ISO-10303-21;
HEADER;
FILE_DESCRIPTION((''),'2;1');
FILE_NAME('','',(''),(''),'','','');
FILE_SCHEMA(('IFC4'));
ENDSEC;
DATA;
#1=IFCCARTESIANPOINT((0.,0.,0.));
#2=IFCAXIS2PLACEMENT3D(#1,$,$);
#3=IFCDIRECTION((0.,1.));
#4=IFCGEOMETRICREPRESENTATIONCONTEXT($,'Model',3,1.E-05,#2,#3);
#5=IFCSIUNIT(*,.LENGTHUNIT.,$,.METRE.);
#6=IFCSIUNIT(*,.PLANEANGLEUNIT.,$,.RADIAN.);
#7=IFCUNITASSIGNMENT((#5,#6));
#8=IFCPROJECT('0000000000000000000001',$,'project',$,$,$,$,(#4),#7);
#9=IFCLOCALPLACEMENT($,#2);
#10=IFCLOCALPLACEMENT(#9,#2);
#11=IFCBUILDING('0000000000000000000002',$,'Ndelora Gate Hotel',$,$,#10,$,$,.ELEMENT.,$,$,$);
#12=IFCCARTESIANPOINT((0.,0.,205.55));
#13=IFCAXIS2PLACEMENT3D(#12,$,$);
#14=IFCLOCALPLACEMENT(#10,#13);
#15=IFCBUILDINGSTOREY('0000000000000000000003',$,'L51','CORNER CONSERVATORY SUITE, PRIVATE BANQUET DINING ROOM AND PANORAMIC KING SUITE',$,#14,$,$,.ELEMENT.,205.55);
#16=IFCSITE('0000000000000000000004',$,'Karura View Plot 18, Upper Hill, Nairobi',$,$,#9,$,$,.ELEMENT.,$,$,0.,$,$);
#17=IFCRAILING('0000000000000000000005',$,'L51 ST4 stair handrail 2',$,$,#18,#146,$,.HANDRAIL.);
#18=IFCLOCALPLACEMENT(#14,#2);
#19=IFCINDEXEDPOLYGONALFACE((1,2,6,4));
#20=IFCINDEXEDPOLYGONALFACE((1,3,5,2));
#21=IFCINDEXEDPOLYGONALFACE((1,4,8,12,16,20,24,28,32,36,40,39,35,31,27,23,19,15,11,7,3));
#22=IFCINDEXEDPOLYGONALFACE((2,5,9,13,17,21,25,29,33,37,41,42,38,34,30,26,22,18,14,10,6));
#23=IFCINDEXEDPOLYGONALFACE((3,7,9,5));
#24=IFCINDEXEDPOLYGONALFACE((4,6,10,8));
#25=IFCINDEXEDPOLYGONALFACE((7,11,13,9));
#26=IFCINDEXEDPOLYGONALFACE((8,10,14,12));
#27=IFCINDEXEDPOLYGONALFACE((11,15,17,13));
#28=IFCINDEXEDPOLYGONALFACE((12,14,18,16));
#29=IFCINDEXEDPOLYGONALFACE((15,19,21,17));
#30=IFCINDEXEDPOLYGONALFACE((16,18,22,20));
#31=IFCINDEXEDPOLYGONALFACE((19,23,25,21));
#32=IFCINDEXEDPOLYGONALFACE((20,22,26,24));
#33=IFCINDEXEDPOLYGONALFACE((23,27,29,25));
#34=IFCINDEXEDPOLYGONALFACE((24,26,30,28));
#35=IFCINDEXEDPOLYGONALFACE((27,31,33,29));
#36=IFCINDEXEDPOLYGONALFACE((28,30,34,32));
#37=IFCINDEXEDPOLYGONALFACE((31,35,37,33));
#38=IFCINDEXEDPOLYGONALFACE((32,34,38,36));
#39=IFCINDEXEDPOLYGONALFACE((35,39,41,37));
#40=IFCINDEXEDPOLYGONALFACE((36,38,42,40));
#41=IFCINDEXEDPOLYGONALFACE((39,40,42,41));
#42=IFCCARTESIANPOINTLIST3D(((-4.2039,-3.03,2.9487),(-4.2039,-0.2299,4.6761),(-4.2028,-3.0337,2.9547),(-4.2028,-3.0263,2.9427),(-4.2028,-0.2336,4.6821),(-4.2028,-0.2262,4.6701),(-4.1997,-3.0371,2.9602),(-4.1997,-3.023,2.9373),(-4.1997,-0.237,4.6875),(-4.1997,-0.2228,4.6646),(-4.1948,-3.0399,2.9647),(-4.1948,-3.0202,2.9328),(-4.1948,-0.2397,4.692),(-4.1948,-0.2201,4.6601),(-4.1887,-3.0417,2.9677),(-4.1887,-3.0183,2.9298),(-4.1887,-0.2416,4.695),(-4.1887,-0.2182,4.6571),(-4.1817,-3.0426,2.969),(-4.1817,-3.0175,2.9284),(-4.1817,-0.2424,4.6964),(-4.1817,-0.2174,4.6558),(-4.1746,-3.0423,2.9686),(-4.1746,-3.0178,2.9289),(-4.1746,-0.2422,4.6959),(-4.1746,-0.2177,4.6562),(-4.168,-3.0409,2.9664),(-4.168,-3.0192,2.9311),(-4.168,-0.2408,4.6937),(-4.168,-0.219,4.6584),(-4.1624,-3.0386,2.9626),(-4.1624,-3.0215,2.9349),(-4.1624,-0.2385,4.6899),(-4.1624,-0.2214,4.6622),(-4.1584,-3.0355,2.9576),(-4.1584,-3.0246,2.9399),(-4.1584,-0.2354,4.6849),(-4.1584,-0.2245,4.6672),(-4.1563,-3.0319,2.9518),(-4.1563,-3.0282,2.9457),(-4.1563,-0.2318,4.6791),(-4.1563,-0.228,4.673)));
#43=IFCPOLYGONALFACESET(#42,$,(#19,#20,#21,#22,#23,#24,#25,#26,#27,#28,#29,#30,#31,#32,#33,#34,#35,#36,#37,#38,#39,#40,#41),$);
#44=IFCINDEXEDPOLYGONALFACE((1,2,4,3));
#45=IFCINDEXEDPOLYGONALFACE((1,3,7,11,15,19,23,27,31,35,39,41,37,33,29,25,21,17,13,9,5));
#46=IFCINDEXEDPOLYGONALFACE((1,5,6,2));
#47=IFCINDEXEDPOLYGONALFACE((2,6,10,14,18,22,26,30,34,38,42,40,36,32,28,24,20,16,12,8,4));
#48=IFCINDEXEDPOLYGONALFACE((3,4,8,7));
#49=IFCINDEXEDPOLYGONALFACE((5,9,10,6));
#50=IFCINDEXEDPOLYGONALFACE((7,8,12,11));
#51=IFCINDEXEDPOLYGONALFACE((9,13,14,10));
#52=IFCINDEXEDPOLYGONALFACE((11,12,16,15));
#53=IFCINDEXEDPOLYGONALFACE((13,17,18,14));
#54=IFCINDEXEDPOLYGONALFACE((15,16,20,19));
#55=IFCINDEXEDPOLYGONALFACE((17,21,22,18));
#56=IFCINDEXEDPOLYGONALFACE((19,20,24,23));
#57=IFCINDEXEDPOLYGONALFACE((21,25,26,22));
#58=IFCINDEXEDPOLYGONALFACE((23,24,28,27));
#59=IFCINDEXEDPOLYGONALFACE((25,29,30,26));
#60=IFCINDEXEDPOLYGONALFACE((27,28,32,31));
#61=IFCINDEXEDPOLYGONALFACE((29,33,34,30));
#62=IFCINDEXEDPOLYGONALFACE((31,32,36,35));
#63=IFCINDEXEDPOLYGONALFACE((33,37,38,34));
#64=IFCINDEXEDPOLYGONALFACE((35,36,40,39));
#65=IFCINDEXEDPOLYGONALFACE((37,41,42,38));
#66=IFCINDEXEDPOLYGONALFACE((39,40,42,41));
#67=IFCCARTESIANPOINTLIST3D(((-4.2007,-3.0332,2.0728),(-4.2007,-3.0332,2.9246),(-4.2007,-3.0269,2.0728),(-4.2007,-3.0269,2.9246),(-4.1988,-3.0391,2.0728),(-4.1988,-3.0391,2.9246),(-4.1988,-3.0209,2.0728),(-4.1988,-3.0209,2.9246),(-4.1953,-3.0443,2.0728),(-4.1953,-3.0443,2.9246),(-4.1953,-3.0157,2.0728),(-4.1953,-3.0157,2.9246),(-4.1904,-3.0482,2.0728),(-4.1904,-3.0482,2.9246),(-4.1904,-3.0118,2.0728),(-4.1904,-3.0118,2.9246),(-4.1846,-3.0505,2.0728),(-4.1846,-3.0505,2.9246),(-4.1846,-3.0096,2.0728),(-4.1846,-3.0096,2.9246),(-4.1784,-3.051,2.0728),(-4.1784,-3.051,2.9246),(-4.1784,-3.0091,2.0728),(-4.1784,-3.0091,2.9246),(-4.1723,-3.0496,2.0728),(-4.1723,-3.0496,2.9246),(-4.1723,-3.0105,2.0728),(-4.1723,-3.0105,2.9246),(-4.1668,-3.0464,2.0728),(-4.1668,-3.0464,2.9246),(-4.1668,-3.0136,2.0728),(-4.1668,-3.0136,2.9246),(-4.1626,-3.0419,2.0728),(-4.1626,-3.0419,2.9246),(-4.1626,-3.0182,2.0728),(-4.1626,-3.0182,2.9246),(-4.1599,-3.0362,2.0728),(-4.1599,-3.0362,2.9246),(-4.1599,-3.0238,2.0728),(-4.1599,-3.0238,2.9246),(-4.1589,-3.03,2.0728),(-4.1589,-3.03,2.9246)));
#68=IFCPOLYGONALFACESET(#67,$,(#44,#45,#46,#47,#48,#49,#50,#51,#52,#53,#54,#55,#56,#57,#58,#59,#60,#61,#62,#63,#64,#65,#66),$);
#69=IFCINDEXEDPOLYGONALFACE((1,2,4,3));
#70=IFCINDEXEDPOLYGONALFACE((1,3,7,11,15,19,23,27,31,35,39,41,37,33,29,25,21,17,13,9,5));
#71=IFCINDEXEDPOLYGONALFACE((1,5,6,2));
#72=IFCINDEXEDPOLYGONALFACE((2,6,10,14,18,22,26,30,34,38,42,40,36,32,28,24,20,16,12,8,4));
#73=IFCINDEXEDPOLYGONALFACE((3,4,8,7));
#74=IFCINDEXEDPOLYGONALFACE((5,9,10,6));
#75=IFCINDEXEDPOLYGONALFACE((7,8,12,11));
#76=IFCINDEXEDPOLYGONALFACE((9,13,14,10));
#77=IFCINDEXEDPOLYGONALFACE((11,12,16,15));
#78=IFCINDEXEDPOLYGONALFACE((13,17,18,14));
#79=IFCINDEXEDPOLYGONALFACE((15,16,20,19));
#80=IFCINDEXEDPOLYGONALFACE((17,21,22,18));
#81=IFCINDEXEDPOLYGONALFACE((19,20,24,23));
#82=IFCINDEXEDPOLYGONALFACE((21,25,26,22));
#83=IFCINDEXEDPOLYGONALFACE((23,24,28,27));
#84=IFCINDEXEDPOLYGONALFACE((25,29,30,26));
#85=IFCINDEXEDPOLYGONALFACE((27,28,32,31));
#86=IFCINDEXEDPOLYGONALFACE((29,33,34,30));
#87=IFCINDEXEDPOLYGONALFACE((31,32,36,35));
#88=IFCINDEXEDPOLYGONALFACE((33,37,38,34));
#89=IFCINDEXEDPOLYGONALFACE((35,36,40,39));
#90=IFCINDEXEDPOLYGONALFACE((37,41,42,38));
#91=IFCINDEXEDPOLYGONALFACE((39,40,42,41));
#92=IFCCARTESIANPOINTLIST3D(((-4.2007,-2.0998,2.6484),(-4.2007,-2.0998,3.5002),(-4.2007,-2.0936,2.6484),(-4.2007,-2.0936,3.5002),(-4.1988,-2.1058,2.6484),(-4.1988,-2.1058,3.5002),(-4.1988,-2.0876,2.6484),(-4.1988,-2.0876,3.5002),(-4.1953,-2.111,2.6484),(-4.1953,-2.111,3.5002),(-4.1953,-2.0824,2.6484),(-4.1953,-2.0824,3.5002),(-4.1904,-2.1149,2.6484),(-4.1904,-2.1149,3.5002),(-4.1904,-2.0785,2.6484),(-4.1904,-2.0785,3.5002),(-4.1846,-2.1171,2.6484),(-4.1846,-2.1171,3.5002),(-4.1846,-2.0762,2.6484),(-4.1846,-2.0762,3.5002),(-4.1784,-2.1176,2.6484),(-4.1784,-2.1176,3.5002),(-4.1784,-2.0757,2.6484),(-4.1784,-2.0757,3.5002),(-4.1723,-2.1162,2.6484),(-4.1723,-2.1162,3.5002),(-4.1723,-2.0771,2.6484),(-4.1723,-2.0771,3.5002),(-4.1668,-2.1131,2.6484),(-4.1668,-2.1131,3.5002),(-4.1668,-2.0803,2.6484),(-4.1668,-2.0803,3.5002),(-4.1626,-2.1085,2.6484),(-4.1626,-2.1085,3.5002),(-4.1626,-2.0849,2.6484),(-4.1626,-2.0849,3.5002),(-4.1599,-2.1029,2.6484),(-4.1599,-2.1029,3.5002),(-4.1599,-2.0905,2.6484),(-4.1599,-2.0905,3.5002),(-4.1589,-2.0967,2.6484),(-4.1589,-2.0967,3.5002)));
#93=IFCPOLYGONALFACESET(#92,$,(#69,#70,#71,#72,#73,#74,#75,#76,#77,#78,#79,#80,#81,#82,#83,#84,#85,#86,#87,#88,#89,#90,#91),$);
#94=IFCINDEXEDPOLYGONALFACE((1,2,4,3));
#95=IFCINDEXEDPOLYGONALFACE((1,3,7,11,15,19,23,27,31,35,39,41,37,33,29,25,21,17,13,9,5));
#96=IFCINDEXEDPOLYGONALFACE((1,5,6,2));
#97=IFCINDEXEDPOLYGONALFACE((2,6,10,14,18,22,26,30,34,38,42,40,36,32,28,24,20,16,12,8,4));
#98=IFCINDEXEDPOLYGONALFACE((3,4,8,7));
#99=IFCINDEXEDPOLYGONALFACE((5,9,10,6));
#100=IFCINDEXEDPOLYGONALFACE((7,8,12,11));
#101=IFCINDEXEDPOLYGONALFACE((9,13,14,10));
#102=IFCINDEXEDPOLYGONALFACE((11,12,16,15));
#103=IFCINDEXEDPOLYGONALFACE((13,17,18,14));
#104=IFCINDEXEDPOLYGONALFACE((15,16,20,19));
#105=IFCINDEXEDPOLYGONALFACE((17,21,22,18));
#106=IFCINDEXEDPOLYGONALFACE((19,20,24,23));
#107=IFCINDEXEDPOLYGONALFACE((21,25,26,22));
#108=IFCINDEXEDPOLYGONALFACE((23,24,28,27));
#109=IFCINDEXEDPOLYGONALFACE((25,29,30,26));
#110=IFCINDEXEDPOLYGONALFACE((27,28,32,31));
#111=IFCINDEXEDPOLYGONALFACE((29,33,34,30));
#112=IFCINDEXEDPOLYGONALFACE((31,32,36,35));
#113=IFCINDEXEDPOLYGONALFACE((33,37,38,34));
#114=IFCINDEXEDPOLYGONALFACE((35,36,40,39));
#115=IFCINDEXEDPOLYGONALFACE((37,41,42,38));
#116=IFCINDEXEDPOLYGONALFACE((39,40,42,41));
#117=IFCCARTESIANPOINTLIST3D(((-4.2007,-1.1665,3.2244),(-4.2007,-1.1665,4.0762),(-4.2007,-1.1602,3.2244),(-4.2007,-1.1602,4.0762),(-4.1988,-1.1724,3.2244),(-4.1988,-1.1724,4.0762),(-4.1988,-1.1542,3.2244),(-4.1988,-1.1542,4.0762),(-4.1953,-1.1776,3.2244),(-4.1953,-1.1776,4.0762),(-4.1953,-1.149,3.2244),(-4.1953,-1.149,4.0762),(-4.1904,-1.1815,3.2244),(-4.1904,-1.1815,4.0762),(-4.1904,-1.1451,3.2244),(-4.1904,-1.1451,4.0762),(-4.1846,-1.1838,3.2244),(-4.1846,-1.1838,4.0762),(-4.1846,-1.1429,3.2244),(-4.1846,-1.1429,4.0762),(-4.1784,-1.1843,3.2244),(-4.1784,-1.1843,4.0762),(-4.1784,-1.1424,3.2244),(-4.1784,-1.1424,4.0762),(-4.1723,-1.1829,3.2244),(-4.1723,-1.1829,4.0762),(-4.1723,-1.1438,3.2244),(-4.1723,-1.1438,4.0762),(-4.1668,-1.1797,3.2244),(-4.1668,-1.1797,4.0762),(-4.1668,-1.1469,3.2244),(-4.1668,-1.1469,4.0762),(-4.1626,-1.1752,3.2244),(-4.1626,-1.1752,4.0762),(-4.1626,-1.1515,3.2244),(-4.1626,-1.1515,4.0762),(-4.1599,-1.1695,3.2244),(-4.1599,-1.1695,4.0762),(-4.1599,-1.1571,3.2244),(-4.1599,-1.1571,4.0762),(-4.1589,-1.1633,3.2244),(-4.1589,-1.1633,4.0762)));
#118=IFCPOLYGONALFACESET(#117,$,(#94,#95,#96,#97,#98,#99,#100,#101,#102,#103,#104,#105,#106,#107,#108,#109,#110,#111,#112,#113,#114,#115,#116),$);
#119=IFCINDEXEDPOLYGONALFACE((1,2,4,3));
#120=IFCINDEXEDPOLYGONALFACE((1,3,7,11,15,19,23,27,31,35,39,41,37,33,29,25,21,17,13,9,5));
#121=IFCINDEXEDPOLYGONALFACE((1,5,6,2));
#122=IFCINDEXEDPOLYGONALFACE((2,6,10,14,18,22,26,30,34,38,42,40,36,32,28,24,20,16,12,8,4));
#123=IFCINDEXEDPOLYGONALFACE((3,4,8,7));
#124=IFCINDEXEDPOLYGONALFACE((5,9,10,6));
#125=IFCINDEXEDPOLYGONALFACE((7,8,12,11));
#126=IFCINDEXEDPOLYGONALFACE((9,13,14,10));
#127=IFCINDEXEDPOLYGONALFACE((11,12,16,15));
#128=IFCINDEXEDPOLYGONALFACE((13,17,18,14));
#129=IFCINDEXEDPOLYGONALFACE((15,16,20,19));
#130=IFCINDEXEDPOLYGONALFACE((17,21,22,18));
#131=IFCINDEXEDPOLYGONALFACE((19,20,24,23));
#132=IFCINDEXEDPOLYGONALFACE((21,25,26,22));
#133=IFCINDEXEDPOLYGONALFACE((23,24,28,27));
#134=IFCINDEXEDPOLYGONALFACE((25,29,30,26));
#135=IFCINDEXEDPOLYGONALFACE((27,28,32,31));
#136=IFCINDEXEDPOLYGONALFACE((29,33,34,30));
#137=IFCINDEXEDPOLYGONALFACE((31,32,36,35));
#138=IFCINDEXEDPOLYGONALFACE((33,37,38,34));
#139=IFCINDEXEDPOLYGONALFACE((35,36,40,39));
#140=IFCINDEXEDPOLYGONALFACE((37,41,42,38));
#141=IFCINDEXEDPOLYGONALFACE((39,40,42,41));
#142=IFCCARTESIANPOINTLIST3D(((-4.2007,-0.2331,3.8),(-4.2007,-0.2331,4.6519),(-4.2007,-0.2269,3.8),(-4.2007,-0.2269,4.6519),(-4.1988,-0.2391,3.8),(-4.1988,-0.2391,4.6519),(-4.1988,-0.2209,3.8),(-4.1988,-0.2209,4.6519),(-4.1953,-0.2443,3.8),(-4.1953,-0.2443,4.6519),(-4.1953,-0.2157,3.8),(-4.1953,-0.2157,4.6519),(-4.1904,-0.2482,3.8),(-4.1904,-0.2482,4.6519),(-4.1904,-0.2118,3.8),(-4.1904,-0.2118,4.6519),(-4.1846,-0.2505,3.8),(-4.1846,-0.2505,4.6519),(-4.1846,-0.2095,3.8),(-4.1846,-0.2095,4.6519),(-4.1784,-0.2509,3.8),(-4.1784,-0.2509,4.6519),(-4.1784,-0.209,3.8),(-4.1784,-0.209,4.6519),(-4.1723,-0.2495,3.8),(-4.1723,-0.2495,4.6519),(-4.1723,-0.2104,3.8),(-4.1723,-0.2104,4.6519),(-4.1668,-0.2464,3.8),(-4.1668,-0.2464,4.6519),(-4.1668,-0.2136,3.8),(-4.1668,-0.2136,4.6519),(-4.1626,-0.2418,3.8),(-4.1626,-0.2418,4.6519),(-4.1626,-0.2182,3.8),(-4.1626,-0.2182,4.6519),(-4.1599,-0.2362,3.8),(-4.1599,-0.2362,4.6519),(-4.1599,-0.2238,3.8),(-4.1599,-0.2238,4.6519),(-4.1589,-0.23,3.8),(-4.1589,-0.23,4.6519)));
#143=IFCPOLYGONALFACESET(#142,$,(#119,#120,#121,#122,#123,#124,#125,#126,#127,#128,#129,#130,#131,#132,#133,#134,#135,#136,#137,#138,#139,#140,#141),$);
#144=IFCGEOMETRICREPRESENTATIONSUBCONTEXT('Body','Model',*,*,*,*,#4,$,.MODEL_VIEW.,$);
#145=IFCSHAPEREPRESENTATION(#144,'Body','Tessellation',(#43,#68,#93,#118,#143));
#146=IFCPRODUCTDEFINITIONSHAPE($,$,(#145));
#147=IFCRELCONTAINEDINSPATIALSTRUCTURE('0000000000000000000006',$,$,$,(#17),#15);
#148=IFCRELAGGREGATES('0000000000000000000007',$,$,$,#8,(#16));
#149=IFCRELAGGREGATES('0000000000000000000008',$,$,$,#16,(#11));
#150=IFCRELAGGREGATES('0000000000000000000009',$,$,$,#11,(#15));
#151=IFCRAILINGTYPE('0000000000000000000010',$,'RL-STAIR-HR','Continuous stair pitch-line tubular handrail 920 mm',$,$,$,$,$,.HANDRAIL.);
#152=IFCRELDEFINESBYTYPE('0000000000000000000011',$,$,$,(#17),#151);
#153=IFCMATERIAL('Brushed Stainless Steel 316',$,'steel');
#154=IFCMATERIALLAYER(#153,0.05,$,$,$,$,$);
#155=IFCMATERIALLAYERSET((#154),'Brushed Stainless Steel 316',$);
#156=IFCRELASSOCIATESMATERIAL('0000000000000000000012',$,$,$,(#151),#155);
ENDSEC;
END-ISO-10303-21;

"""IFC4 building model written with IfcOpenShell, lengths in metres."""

from ifc_helpers import new_model, si_unit, direction, frame, origin, origin_2d, place, context, subcontext, project, spatial, circle, extrude, material, layer, layer_set, type_object, element, save


model = new_model("IFC4")

# Units and contexts
model_context = context("Model", 3, precision=1e-05, world=origin(), true_north=direction((0.0, 1.0)))
body_context = subcontext(model_context, "Body", "Model", "MODEL_VIEW")
ifc_project = project(units=[si_unit("LENGTHUNIT", "METRE"), si_unit("PLANEANGLEUNIT", "RADIAN")], contexts=[model_context])

# Site, building, storey
site_placement = place(None, origin())
site = spatial("IfcSite", under=ifc_project, at=site_placement, Name="Karura View Plot 18, Upper Hill, Nairobi", CompositionType="ELEMENT", RefElevation=0.0)
building_placement = place(site_placement, origin())
building = spatial("IfcBuilding", under=site, at=building_placement, Name="Ndelora Gate Hotel", CompositionType="ELEMENT")
storey_placement = place(building_placement, frame((0.0, 0.0, 205.55)))
storey = spatial("IfcBuildingStorey", under=building, at=storey_placement, Name="L51", Description="CORNER CONSERVATORY SUITE, PRIVATE BANQUET DINING ROOM AND PANORAMIC KING SUITE", CompositionType="ELEMENT", Elevation=205.55)

# Railing
ifc_material_1 = material(Name="Brushed Stainless Steel 316", Category="steel")
ifc_layer_1 = layer(ifc_material_1, 0.05)
ifc_layer_set_1 = layer_set([ifc_layer_1], Name="Brushed Stainless Steel 316")
railing_type_1 = type_object("IfcRailingType", Name="RL-STAIR-HR", Description="Continuous stair pitch-line tubular handrail 920 mm", PredefinedType="HANDRAIL", material=ifc_layer_set_1)
railing_1_placement = place(storey_placement, frame((-4.1799, -3.03, 2.0728)))
element("IfcRailing", 1, at=railing_1_placement, inside=storey, type_object=railing_type_1, Name="L51 ST4 stair handrail 2", PredefinedType="HANDRAIL", context=body_context, shape_type="SweptSolid", body=[
    extrude(circle(Radius=0.0239, at=origin_2d()), frame((0.0, 0.0, 0.876), z_axis=(0.0, 0.85109, 0.52502), x_axis=(-1.0, 0.0, 0.0)), (0.0, 0.0, 1.0), 3.29),
    extrude(circle(Radius=0.021, at=origin_2d()), origin(), (0.0, 0.0, 1.0), 0.8518),
    extrude(circle(Radius=0.021, at=origin_2d()), frame((0.0, 0.9333, 0.5757)), (0.0, 0.0, 1.0), 0.8518),
    extrude(circle(Radius=0.021, at=origin_2d()), frame((0.0, 1.8667, 1.1516)), (0.0, 0.0, 1.0), 0.8518),
    extrude(circle(Radius=0.021, at=origin_2d()), frame((0.0, 2.8, 1.7273)), (0.0, 0.0, 1.0), 0.8518),
])

save(model, "model.ifc")
